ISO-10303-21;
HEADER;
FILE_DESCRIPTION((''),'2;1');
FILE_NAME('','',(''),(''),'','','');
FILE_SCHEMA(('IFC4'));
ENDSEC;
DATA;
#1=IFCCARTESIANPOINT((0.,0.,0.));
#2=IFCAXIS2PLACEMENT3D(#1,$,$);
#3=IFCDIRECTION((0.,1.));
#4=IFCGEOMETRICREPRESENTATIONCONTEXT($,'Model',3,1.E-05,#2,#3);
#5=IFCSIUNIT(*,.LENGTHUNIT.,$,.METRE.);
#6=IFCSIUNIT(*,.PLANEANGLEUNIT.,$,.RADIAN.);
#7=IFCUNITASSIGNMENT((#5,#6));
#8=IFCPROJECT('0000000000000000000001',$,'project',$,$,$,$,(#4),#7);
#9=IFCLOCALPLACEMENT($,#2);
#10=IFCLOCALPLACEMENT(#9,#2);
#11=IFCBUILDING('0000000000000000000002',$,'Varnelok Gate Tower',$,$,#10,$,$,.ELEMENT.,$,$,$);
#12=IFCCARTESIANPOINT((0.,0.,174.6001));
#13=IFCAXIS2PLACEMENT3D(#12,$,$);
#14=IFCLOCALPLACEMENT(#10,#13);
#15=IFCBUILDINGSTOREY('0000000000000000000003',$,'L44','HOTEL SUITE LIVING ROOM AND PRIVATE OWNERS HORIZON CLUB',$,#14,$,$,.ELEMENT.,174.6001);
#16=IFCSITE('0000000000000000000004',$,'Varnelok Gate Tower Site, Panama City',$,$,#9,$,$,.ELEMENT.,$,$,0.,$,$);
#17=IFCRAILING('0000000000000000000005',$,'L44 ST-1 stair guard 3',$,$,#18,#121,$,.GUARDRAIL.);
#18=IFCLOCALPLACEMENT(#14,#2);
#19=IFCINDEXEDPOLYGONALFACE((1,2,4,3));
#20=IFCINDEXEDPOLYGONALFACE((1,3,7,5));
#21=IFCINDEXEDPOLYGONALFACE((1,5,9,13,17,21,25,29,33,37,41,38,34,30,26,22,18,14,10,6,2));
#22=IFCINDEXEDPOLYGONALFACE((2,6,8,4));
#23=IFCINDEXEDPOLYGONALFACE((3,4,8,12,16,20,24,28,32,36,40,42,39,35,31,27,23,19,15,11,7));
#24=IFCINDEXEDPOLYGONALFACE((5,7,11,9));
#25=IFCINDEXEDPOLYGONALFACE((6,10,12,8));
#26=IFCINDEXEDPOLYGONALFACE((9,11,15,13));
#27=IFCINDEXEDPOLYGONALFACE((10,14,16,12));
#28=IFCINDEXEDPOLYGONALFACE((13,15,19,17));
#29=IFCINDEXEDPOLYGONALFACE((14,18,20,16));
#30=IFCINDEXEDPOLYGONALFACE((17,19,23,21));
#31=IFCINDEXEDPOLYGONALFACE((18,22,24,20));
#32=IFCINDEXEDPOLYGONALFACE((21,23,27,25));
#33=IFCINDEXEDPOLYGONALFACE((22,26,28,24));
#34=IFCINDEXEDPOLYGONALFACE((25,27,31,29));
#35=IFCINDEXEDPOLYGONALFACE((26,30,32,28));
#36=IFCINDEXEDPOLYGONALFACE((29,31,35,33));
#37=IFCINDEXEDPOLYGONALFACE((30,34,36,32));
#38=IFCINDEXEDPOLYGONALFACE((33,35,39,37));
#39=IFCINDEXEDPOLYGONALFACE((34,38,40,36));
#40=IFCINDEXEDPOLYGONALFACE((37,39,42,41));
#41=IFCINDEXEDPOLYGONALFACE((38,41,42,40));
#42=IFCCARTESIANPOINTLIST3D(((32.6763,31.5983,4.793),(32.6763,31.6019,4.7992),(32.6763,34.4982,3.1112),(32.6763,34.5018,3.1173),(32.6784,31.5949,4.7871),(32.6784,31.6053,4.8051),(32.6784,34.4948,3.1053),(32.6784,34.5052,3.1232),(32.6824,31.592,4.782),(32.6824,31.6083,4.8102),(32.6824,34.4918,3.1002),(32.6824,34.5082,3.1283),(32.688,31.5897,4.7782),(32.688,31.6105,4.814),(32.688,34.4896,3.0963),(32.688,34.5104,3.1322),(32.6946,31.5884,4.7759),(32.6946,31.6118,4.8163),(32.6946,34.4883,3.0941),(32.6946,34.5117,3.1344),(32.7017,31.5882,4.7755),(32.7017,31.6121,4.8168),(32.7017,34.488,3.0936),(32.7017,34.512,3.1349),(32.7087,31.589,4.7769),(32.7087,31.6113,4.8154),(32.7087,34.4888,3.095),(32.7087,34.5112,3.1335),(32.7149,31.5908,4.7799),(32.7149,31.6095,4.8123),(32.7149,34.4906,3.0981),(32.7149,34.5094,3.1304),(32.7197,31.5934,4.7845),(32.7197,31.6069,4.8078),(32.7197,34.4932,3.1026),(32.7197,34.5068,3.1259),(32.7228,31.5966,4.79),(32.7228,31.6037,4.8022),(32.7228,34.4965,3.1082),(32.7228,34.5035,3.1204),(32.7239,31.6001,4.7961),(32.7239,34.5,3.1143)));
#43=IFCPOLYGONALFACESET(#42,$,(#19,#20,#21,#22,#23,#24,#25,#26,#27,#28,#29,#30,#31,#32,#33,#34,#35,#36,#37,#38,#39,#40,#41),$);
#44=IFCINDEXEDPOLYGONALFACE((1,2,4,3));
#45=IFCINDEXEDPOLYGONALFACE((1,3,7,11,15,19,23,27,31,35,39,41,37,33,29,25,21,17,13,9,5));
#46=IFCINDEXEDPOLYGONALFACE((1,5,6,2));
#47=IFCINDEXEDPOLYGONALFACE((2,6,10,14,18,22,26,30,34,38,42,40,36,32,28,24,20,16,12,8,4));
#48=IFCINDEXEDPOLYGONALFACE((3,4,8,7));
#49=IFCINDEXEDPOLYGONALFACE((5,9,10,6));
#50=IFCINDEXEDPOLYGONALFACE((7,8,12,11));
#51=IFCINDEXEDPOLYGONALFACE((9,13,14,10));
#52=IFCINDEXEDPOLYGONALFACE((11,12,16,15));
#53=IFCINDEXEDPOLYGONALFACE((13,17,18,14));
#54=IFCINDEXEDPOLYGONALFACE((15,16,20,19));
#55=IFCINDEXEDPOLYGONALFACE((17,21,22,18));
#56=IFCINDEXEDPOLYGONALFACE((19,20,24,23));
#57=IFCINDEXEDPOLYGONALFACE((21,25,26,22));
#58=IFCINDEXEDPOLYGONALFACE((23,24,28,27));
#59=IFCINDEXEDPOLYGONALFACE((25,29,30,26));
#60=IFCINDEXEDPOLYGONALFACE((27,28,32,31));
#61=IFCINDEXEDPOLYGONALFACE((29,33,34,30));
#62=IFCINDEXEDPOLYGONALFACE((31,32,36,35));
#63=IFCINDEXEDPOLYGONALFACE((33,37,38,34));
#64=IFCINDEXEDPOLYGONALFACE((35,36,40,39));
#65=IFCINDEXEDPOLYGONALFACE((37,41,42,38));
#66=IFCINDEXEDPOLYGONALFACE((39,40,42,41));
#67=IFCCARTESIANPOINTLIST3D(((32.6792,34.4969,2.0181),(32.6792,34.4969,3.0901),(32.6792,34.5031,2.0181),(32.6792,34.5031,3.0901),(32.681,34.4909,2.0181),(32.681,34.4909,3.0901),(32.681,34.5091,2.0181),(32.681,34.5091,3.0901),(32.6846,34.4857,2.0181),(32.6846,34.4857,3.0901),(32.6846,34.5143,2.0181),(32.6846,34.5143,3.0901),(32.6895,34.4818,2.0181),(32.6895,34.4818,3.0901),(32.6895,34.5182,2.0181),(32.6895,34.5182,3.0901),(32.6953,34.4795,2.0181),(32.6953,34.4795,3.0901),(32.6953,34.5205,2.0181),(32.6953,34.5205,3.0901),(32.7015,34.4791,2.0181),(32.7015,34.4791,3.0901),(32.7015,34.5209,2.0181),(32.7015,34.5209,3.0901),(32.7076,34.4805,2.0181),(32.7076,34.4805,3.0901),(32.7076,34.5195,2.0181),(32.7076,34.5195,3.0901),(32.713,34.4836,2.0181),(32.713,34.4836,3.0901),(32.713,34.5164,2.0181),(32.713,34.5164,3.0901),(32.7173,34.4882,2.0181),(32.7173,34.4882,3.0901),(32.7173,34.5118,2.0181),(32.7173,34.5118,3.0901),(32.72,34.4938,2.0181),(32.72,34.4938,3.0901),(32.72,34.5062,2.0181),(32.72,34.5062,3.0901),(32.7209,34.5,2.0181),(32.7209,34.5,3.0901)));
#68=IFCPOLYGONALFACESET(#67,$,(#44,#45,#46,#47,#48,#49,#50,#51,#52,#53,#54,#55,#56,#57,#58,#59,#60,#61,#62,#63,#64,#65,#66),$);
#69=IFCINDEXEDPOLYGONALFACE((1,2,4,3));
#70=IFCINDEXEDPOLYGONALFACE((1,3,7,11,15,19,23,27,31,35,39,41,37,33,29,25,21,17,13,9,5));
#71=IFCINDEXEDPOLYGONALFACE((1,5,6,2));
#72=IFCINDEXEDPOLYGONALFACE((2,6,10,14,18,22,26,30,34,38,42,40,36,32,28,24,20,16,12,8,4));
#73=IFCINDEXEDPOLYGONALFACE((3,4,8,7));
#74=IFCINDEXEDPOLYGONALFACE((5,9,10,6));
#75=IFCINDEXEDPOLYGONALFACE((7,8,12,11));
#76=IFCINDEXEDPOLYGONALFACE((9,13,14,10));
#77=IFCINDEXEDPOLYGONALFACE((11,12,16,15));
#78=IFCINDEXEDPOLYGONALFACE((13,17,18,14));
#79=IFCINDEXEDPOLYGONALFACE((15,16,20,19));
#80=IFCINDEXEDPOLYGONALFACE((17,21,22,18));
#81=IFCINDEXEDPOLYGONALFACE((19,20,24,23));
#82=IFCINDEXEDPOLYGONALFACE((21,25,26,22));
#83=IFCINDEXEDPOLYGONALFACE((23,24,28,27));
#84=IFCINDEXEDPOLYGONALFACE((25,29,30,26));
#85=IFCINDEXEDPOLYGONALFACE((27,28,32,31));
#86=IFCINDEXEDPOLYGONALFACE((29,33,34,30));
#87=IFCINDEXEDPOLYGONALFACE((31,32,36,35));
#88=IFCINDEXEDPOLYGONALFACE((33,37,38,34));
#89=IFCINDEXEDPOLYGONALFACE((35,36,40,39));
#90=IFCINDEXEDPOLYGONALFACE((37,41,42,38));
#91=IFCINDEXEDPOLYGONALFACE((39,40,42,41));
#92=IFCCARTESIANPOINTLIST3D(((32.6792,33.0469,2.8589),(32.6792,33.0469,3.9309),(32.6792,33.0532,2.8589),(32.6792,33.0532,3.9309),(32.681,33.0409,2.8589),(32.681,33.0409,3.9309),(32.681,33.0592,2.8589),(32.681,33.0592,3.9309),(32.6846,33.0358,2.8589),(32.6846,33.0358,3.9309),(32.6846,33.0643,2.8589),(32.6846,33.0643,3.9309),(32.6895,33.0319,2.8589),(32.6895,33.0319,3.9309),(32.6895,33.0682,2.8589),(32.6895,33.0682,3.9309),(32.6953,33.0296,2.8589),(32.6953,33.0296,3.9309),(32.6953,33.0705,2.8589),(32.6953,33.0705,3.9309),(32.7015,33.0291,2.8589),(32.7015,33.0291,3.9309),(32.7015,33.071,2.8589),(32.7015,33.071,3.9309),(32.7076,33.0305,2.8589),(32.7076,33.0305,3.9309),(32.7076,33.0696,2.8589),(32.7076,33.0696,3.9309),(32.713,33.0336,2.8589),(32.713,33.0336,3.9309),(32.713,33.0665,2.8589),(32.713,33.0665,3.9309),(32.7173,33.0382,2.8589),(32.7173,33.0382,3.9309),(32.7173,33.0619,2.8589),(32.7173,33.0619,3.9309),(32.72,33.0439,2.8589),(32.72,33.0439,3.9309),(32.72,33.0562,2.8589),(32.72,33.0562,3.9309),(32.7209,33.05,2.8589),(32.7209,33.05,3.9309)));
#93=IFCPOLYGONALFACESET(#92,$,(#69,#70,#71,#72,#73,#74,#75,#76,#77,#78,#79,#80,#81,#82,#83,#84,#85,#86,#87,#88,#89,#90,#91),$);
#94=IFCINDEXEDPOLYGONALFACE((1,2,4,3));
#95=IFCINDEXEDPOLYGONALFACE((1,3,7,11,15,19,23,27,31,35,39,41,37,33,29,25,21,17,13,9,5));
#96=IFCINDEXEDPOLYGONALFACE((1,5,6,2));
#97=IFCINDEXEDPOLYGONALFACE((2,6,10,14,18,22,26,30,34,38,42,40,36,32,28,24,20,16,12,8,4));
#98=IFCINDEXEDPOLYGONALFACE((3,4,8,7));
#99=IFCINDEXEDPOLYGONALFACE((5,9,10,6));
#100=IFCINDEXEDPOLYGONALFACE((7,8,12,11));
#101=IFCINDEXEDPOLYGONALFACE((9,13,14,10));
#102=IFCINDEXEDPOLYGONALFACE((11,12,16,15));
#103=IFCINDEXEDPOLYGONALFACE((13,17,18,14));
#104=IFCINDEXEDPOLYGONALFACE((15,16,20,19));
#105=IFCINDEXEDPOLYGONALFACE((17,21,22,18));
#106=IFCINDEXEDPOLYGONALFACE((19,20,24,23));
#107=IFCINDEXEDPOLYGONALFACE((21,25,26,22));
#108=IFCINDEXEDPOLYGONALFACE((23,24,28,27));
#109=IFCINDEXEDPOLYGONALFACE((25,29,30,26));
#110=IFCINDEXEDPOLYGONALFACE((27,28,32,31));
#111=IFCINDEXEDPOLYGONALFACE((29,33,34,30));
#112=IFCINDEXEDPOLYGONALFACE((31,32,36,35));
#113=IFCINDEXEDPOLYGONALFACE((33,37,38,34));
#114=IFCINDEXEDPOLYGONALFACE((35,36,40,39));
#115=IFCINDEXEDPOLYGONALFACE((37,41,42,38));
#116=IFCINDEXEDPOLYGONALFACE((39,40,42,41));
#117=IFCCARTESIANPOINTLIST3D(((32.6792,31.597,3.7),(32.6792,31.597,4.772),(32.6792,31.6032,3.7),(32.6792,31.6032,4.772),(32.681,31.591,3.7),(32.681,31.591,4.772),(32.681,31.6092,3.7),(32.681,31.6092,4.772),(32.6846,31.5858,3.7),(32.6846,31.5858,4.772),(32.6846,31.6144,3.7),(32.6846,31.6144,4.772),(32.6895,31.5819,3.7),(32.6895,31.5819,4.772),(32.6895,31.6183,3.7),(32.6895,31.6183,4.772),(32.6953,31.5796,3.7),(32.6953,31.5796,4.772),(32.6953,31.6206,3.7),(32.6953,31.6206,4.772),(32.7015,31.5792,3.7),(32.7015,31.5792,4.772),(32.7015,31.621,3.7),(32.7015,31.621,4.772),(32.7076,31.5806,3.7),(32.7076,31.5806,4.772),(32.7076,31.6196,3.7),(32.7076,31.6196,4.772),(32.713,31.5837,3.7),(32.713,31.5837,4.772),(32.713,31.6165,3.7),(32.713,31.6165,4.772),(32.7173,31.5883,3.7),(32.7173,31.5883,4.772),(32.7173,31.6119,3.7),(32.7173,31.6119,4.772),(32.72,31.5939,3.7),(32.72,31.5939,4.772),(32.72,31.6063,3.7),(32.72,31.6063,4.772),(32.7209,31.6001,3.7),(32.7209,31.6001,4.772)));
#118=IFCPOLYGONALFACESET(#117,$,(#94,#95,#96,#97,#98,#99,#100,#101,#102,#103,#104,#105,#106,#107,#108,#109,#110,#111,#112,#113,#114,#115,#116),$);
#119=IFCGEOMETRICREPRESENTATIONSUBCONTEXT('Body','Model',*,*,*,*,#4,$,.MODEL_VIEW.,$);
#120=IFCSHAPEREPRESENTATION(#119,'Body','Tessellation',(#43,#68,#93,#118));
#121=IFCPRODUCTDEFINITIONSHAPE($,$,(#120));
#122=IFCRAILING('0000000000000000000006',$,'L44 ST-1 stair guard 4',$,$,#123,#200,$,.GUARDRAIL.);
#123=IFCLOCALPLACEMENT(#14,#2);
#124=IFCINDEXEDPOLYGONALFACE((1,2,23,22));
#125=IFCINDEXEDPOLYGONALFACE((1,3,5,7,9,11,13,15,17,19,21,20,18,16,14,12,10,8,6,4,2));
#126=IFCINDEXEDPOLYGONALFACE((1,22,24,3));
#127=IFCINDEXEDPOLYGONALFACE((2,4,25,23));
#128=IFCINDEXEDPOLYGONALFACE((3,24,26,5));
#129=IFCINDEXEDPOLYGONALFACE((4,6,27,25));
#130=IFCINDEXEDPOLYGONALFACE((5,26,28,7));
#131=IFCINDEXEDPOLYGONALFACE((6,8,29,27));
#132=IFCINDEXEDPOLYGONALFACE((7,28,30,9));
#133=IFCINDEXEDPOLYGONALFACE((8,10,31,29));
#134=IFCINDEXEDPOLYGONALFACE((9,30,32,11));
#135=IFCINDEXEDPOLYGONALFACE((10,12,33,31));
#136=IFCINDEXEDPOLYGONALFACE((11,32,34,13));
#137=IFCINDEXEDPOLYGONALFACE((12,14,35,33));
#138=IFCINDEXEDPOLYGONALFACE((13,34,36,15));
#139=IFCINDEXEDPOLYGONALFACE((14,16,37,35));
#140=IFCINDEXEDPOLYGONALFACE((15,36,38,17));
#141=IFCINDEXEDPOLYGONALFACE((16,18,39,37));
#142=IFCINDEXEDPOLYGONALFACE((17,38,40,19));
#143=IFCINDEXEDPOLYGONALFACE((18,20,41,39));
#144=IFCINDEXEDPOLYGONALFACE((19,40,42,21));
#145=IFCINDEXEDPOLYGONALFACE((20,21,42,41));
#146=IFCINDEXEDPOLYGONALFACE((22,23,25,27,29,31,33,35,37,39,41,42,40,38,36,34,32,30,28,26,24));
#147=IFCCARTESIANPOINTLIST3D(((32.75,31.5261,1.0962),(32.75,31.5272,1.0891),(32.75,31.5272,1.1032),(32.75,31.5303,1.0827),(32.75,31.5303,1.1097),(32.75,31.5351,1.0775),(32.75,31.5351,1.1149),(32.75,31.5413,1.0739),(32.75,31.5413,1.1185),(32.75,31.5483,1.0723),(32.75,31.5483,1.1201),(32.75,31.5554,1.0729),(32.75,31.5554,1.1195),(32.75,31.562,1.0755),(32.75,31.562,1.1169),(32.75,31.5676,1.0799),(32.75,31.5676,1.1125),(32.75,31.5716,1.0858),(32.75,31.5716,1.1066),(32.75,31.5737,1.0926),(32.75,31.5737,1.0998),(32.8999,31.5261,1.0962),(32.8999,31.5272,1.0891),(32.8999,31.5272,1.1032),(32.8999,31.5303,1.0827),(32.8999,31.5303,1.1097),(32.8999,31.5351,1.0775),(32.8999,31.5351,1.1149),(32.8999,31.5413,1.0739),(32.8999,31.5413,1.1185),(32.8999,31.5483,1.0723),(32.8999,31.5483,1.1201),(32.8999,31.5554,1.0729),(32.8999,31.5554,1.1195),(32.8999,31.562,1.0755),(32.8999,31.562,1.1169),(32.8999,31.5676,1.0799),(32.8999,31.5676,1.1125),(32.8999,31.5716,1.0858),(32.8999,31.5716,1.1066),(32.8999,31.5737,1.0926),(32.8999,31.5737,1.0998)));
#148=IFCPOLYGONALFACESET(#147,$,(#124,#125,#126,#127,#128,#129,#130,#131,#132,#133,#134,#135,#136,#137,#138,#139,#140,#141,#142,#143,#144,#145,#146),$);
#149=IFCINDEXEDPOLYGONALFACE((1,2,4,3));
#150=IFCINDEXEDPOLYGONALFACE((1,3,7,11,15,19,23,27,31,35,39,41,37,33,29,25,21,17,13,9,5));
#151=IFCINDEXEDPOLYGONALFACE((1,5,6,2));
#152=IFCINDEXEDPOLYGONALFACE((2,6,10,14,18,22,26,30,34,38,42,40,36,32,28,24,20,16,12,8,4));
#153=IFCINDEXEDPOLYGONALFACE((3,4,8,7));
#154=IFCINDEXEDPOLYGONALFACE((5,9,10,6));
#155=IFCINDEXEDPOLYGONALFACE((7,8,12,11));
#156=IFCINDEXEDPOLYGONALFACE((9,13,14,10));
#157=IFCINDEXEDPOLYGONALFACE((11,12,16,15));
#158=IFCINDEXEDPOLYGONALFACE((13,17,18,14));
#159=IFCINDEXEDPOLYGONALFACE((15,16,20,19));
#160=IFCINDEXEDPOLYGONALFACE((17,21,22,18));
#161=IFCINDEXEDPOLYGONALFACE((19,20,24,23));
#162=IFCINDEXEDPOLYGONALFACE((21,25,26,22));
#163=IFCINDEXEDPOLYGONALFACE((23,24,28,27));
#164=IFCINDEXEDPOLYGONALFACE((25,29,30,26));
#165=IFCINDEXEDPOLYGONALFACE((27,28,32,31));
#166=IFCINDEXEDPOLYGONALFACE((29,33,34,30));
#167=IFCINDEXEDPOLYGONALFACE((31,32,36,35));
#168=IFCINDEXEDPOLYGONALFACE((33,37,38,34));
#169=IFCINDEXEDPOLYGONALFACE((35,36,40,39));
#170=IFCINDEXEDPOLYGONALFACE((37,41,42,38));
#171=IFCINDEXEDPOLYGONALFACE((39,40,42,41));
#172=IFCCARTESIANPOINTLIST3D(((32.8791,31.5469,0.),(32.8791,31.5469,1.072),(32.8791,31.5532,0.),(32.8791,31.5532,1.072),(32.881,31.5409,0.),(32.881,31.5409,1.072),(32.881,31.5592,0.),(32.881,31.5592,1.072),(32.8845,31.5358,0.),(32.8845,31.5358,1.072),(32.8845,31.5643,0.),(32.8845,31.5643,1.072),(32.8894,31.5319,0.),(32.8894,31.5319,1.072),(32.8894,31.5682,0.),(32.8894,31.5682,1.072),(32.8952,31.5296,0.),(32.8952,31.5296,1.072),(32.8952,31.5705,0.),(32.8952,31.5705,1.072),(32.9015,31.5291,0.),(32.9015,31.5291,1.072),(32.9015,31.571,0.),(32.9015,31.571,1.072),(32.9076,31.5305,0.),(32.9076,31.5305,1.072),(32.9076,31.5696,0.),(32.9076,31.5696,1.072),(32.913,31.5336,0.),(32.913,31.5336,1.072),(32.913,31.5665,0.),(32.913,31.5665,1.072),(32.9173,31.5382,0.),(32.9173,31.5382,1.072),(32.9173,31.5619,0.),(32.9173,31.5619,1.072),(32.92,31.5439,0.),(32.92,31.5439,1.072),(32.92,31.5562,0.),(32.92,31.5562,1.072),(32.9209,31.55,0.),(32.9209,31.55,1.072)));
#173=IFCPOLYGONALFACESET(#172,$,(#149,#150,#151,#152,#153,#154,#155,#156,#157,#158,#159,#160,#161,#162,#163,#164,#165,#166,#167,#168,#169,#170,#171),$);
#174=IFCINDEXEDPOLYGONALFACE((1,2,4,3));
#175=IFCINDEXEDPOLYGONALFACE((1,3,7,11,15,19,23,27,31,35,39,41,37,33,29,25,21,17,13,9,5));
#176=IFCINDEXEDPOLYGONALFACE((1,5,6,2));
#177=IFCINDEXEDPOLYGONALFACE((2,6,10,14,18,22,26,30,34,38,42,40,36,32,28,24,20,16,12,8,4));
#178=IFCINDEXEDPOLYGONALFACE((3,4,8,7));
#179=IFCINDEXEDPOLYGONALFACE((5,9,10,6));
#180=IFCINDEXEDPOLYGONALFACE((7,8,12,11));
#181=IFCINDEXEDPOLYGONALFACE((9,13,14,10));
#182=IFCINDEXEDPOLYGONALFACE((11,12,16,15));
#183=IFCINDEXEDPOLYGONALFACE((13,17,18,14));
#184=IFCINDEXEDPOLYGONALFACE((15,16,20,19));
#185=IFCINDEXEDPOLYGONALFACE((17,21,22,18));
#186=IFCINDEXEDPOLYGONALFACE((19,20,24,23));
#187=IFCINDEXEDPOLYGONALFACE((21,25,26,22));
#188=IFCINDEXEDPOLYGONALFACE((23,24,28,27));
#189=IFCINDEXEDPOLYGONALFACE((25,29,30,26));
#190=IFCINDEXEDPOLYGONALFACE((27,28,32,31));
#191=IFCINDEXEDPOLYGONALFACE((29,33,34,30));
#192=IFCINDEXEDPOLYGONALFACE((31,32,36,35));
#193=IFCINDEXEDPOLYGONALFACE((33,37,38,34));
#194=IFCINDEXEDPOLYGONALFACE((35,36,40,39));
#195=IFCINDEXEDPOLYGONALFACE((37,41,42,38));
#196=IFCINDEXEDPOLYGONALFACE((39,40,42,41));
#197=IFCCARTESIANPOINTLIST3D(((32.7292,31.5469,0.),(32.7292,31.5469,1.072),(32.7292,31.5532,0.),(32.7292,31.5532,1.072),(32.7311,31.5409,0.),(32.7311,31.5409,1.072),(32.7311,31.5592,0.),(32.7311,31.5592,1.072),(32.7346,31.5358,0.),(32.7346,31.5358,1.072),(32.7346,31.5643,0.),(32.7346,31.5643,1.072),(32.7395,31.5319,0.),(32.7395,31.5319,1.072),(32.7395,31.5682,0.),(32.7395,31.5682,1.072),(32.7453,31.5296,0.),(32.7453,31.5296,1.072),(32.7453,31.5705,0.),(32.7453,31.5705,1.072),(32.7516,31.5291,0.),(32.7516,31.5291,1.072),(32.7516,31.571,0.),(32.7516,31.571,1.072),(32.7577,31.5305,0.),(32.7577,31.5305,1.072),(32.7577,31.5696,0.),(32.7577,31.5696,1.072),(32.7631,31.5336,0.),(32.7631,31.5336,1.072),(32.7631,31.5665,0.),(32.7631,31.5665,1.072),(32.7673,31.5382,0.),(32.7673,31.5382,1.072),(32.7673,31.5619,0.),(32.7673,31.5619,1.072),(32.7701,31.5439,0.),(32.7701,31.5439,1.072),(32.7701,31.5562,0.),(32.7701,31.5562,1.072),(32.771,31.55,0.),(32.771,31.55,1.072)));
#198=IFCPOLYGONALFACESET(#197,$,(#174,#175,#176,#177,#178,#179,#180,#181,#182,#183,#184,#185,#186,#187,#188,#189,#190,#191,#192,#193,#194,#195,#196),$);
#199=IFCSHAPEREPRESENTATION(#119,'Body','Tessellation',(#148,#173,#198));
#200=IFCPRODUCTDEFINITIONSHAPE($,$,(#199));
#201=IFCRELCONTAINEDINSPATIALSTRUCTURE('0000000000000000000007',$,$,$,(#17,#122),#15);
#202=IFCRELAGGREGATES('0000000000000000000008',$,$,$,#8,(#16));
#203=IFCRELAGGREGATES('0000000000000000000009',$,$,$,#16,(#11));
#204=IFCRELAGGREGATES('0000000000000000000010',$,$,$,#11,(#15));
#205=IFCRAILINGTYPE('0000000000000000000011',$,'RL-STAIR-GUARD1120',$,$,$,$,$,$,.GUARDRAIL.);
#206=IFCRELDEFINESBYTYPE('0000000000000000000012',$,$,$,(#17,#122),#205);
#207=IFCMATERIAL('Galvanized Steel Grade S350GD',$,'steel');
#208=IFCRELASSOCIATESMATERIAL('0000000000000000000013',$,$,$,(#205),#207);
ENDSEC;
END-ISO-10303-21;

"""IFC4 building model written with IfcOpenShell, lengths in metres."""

from ifc_helpers import new_model, si_unit, direction, frame, origin, origin_2d, place, context, subcontext, project, spatial, circle, extrude, material, type_object, element, save


model = new_model("IFC4")

# Units and contexts
model_context = context("Model", 3, precision=1e-05, world=origin(), true_north=direction((0.0, 1.0)))
body_context = subcontext(model_context, "Body", "Model", "MODEL_VIEW")
ifc_project = project(units=[si_unit("LENGTHUNIT", "METRE"), si_unit("PLANEANGLEUNIT", "RADIAN")], contexts=[model_context])

# Site, building, storey
site_placement = place(None, origin())
site = spatial("IfcSite", under=ifc_project, at=site_placement, Name="Varnelok Gate Tower Site, Panama City", CompositionType="ELEMENT", RefElevation=0.0)
building_placement = place(site_placement, origin())
building = spatial("IfcBuilding", under=site, at=building_placement, Name="Varnelok Gate Tower", CompositionType="ELEMENT")
storey_placement = place(building_placement, frame((0.0, 0.0, 174.6001)))
storey = spatial("IfcBuildingStorey", under=building, at=storey_placement, Name="L44", Description="HOTEL SUITE LIVING ROOM AND PRIVATE OWNERS HORIZON CLUB", CompositionType="ELEMENT", Elevation=174.6001)

# Shared definitions
ifc_material_1 = material(Name="Galvanized Steel Grade S350GD", Category="steel")

# Railings
railing_type_1 = type_object("IfcRailingType", Name="RL-STAIR-GUARD1120", PredefinedType="GUARDRAIL", material=ifc_material_1)
railing_1_placement = place(storey_placement, frame((32.7, 34.5, 2.0181)))
element("IfcRailing", 1, at=railing_1_placement, inside=storey, type_object=railing_type_1, Name="L44 ST-1 stair guard 3", PredefinedType="GUARDRAIL", context=body_context, shape_type="SweptSolid", body=[
    extrude(circle(Radius=0.0239, at=origin_2d()), frame((0.0, 0.0, 1.0962), z_axis=(0.0, -0.865039, 0.501705), x_axis=(1.0, 0.0, 0.0)), (0.0, 0.0, 1.0), 3.3523),
    extrude(circle(Radius=0.021, at=origin_2d()), origin(), (0.0, 0.0, 1.0), 1.072),
    extrude(circle(Radius=0.021, at=origin_2d()), frame((0.0, -1.45, 0.8408)), (0.0, 0.0, 1.0), 1.072),
    extrude(circle(Radius=0.021, at=origin_2d()), frame((0.0, -2.8999, 1.6819)), (0.0, 0.0, 1.0), 1.072),
])
railing_2_placement = place(storey_placement, frame((32.8999, 31.55, 0.0)))
element("IfcRailing", 2, at=railing_2_placement, inside=storey, type_object=railing_type_1, Name="L44 ST-1 stair guard 4", PredefinedType="GUARDRAIL", context=body_context, shape_type="SweptSolid", body=[
    extrude(circle(Radius=0.0239, at=origin_2d()), frame((0.0, 0.0, 1.0962), z_axis=(-1.0, 0.0, 0.0), x_axis=(0.0, -1.0, 0.0)), (0.0, 0.0, 1.0), 0.1499),
    extrude(circle(Radius=0.021, at=origin_2d()), origin(), (0.0, 0.0, 1.0), 1.072),
    extrude(circle(Radius=0.021, at=origin_2d()), frame((-0.1499, 0.0, 0.0)), (0.0, 0.0, 1.0), 1.072),
])

save(model, "model.ifc")
